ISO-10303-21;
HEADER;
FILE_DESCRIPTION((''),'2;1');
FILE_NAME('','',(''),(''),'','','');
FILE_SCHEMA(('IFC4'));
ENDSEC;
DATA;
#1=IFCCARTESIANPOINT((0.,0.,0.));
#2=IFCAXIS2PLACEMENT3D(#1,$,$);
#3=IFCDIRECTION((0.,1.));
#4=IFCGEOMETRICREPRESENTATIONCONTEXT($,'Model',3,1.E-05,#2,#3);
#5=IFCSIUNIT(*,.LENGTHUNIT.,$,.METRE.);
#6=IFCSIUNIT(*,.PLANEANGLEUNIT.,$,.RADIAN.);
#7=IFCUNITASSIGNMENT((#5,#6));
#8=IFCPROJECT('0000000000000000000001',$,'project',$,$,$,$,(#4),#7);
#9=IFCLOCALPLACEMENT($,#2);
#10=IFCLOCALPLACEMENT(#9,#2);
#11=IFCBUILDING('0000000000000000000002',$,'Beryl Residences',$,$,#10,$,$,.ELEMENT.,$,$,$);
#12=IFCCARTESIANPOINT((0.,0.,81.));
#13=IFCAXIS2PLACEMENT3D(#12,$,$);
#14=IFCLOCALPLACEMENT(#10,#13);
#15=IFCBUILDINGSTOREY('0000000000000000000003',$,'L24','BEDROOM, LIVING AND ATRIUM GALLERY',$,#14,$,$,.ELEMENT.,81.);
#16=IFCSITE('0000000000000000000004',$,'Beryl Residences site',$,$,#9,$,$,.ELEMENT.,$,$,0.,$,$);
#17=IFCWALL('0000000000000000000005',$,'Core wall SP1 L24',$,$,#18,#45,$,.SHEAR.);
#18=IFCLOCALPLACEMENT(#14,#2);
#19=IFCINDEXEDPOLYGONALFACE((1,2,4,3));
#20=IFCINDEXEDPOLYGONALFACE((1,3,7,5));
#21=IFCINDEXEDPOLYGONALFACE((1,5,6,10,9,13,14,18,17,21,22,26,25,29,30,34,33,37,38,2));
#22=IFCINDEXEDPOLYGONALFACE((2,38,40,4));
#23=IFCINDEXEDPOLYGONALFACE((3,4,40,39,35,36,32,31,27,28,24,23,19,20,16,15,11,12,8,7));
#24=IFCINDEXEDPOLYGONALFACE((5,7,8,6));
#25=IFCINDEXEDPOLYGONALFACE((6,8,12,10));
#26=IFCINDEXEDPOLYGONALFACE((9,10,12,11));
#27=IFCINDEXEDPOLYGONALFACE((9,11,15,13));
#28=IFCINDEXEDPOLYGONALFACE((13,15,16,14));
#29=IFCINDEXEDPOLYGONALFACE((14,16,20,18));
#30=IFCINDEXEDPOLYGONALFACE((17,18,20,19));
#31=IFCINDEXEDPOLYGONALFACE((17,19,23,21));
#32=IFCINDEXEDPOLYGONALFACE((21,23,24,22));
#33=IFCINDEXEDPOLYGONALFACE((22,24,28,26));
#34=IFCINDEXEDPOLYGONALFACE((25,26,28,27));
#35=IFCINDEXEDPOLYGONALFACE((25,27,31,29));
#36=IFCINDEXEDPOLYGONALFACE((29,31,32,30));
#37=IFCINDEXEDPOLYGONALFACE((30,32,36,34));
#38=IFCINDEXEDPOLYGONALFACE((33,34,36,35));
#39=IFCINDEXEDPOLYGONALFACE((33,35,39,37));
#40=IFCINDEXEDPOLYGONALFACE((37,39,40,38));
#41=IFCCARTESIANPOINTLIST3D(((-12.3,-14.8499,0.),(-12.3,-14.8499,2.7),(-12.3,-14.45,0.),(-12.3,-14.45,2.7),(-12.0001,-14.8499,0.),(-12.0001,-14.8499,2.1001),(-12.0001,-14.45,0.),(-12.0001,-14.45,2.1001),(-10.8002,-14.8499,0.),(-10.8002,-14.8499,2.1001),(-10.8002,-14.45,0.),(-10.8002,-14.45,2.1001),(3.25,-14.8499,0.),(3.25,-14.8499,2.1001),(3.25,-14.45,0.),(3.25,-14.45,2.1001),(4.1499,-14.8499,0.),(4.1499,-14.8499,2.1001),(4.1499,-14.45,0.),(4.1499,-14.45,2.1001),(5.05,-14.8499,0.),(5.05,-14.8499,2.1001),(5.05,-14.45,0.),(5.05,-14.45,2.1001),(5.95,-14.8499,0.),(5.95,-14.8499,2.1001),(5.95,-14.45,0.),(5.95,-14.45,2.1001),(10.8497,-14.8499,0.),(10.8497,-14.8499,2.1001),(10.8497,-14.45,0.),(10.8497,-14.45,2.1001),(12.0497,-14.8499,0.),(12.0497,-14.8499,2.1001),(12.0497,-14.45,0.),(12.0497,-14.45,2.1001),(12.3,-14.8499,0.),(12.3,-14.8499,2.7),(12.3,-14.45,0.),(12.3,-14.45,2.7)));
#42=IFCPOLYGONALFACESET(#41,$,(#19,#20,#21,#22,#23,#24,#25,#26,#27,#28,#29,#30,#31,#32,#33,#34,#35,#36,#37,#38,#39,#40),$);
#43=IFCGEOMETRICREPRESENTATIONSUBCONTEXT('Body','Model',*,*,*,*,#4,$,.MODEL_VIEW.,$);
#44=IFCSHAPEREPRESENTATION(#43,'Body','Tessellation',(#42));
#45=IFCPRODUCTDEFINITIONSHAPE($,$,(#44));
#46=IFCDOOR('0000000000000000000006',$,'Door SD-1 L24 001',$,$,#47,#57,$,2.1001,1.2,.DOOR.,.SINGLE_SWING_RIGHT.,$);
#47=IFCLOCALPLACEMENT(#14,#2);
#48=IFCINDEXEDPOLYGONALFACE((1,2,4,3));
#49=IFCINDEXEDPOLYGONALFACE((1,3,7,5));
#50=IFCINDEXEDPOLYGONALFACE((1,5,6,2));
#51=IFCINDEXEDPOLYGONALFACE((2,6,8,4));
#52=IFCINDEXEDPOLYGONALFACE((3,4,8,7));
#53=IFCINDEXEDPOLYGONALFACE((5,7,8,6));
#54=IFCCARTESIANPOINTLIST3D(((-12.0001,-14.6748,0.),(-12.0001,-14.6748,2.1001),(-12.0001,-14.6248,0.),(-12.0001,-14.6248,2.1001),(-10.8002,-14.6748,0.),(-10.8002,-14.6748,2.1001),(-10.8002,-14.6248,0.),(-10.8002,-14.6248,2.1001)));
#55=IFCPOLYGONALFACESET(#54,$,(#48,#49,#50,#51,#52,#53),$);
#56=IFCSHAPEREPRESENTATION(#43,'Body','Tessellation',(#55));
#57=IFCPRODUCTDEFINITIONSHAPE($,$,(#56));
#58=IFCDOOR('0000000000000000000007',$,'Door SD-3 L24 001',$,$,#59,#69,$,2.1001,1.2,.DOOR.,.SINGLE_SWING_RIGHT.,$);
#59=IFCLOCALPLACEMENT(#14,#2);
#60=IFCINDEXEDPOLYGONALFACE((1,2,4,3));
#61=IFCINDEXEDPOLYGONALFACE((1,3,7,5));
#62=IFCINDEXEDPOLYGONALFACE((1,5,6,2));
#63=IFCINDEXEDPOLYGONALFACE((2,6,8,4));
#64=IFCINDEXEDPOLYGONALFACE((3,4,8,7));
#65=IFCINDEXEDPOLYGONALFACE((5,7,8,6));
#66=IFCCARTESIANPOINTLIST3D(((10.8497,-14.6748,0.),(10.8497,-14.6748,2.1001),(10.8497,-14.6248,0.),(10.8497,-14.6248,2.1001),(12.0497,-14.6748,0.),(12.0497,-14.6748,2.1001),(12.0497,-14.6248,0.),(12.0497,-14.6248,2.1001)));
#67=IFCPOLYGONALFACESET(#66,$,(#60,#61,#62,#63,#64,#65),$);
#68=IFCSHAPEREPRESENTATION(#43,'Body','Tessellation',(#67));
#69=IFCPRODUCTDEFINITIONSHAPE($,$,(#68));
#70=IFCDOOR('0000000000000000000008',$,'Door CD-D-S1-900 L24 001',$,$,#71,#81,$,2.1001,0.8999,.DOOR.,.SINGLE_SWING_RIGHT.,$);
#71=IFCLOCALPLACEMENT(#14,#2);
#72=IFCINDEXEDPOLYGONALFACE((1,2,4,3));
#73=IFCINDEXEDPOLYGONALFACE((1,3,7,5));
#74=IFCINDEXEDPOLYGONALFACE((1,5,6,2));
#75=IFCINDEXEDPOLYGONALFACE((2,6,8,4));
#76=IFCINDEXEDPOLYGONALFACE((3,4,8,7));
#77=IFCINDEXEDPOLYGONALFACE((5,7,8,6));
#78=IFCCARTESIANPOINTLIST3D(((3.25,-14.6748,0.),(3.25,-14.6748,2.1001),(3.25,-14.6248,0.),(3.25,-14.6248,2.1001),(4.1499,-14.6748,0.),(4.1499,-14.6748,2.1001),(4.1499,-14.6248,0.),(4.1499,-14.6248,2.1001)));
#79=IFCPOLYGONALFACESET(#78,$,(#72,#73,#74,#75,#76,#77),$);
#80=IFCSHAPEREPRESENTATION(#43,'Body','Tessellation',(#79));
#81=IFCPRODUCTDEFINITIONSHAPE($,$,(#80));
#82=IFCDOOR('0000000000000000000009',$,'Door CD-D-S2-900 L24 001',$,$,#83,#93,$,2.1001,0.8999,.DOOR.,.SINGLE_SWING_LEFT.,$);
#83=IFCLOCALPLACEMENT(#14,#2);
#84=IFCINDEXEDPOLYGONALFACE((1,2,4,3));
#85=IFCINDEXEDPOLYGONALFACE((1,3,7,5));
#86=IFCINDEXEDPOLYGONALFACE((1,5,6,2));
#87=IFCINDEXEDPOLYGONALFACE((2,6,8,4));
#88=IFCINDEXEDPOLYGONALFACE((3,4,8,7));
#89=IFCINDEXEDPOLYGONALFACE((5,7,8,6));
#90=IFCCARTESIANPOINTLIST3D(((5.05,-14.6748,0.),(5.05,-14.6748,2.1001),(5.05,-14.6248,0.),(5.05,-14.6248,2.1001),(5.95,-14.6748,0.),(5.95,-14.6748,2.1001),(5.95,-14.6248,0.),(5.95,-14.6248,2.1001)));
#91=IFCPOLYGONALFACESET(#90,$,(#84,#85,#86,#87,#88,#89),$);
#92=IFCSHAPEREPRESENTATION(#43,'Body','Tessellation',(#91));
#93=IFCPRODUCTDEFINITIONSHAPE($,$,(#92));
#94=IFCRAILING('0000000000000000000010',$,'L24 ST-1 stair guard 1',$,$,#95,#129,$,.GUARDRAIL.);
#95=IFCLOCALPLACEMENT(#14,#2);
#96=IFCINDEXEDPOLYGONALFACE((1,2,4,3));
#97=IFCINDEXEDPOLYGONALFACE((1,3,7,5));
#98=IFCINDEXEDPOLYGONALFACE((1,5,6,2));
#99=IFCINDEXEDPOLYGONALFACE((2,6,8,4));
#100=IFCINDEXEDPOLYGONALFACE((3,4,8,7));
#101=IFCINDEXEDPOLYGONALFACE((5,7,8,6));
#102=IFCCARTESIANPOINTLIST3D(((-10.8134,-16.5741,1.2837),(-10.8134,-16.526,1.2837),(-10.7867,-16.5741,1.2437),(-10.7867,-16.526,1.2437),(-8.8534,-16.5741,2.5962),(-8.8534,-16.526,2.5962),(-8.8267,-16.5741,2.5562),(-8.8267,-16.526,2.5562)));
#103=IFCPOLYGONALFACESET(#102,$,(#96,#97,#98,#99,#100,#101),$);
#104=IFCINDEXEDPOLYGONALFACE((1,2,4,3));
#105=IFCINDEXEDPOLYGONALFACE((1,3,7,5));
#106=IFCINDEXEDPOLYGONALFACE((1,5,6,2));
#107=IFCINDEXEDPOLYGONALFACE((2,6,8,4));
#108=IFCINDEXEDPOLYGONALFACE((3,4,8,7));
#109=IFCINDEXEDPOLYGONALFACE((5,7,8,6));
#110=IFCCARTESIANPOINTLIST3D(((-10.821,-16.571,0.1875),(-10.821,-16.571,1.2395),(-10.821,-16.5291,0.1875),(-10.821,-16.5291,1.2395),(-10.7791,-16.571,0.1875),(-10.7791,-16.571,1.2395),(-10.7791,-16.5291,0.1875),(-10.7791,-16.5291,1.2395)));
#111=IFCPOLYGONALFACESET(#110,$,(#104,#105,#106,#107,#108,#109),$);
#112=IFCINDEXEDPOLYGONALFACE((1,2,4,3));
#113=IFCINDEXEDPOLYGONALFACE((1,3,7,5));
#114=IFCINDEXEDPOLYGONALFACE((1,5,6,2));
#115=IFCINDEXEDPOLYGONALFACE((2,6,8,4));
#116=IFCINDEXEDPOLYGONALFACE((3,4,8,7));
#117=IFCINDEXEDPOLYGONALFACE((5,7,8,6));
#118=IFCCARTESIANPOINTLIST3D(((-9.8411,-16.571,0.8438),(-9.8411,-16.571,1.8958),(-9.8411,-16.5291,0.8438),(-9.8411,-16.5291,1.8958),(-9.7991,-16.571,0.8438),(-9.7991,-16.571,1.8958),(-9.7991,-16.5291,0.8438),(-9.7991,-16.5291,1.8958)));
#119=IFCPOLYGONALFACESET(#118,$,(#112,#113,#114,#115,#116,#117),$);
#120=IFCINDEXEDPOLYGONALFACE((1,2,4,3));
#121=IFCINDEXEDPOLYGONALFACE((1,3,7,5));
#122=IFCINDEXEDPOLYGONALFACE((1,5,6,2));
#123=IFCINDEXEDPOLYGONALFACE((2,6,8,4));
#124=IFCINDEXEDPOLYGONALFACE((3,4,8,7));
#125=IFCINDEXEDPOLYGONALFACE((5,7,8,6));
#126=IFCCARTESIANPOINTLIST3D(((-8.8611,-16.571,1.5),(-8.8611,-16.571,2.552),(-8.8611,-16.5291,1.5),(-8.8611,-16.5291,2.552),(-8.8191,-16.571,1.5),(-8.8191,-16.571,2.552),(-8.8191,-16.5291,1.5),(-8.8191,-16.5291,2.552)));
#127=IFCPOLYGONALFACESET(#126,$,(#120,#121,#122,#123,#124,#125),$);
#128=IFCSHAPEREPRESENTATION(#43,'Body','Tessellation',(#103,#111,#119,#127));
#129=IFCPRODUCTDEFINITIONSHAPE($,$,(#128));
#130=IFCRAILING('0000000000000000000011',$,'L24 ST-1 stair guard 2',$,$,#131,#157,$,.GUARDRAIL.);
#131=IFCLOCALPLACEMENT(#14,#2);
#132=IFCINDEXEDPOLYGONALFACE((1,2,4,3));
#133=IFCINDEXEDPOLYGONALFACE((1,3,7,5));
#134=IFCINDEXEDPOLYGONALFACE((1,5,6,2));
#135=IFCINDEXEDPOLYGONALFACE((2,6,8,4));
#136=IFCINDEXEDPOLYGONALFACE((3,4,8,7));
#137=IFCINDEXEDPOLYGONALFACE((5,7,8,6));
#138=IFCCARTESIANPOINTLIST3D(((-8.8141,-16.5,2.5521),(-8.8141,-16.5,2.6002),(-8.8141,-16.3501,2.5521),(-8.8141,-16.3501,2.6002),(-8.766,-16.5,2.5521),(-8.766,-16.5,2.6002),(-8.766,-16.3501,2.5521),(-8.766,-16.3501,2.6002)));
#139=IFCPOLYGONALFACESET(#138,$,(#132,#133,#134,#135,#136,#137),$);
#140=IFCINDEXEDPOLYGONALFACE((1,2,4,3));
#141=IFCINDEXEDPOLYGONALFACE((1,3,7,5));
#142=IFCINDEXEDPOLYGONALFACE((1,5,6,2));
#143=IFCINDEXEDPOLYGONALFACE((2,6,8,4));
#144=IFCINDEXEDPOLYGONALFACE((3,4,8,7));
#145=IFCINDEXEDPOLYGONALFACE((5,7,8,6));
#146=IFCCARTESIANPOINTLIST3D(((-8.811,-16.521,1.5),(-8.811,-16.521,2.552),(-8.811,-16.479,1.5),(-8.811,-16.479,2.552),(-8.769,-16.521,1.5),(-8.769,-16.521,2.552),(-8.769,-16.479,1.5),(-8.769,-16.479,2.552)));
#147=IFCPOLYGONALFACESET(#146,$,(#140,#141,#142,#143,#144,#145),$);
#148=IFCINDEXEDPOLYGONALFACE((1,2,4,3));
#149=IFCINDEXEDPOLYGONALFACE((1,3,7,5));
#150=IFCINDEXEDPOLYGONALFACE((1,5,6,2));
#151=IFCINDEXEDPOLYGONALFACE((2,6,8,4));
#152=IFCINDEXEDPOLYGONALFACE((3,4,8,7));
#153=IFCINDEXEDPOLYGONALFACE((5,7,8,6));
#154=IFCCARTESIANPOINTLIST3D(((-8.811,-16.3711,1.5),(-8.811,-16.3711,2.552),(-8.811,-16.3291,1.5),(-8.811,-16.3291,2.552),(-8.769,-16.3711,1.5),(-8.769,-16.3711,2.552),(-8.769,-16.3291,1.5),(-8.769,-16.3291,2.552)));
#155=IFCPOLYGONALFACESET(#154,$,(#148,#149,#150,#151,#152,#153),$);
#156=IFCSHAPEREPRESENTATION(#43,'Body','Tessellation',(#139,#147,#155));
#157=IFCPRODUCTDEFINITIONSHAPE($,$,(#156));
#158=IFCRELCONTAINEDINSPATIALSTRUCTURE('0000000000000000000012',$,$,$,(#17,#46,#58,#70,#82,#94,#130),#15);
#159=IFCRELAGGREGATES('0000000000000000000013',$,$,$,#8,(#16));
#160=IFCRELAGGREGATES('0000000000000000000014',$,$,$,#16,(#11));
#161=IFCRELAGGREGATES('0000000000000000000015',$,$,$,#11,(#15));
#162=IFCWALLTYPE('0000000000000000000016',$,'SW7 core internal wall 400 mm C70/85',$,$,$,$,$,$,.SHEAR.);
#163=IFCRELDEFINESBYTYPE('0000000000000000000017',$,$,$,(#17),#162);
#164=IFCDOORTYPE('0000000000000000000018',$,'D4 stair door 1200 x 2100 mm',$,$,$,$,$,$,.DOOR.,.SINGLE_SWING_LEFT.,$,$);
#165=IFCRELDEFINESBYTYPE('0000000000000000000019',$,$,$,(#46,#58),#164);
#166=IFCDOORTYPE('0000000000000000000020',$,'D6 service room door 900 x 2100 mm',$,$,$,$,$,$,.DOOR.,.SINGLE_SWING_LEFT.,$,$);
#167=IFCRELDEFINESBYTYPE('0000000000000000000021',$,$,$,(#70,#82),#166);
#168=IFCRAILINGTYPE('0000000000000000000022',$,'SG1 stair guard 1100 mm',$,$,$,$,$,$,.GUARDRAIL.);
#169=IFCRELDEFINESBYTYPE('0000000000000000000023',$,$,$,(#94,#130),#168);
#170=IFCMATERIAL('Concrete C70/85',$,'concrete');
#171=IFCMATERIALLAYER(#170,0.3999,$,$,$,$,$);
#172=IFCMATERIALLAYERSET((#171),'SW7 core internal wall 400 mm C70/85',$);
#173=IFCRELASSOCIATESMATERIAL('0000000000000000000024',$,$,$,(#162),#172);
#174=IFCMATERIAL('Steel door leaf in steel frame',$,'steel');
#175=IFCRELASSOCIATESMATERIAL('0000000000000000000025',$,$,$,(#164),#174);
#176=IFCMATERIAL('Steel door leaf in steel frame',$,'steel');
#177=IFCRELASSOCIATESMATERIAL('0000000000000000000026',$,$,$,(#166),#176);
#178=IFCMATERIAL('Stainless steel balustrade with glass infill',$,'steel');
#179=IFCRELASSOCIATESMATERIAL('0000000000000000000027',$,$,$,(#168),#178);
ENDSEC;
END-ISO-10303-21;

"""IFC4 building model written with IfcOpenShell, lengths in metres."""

from ifc_helpers import new_model, si_unit, direction, frame, frame_2d, origin, origin_2d, place, context, subcontext, project, spatial, rectangle, extrude, material, layer, layer_set, type_object, element, fill, save


model = new_model("IFC4")

# Units and contexts
model_context = context("Model", 3, precision=1e-05, world=origin(), true_north=direction((0.0, 1.0)))
body_context = subcontext(model_context, "Body", "Model", "MODEL_VIEW")
ifc_project = project(units=[si_unit("LENGTHUNIT", "METRE"), si_unit("PLANEANGLEUNIT", "RADIAN")], contexts=[model_context])

# Site, building, storey
site_placement = place(None, origin())
site = spatial("IfcSite", under=ifc_project, at=site_placement, Name="Beryl Residences site", CompositionType="ELEMENT", RefElevation=0.0)
building_placement = place(site_placement, origin())
building = spatial("IfcBuilding", under=site, at=building_placement, Name="Beryl Residences", CompositionType="ELEMENT")
storey_placement = place(building_placement, frame((0.0, 0.0, 81.0)))
storey = spatial("IfcBuildingStorey", under=building, at=storey_placement, Name="L24", Description="BEDROOM, LIVING AND ATRIUM GALLERY", CompositionType="ELEMENT", Elevation=81.0)

# Wall, openings, doors
ifc_material_1 = material(Name="Concrete C70/85", Category="concrete")
ifc_layer_1 = layer(ifc_material_1, 0.3999)
ifc_layer_set_1 = layer_set([ifc_layer_1], Name="SW7 core internal wall 400 mm C70/85")
wall_type_1 = type_object("IfcWallType", Name="SW7 core internal wall 400 mm C70/85", PredefinedType="SHEAR", material=ifc_layer_set_1)
wall_1_placement = place(storey_placement, frame((-12.3, -14.6499, 0.0), z_axis=(0.0, 0.0, 1.0), x_axis=(1.0, 0.0, 0.0)))
wall_1 = element("IfcWall", 1, at=wall_1_placement, inside=storey, type_object=wall_type_1, Name="Core wall SP1 L24", PredefinedType="SHEAR", context=body_context, shape_type="SweptSolid", body=[
    extrude(rectangle(XDim=24.6001, YDim=0.3999, at=frame_2d((12.3, 0.0))), origin(), (0.0, 0.0, 1.0), 2.7),
])
opening_1_placement = place(wall_1_placement, frame((1.5, 0.0, 0.0), z_axis=(0.0, 0.0, 1.0), x_axis=(-1.0, 0.0, 0.0)))
opening_1 = element("IfcOpeningElement", 2, at=opening_1_placement, cuts=wall_1, PredefinedType="OPENING", context=body_context, shape_type="SweptSolid", body=[
    extrude(rectangle(XDim=1.2, YDim=2.1001, at=frame_2d((0.6001, 1.05))), frame((0.0, 0.21, 0.0), z_axis=(0.0, -1.0, 0.0), x_axis=(1.0, 0.0, 0.0)), (0.0, 0.0, 1.0), 0.4199),
])
opening_2_placement = place(wall_1_placement, frame((24.3499, 0.0, 0.0), z_axis=(0.0, 0.0, 1.0), x_axis=(-1.0, 0.0, 0.0)))
opening_2 = element("IfcOpeningElement", 3, at=opening_2_placement, cuts=wall_1, PredefinedType="OPENING", context=body_context, shape_type="SweptSolid", body=[
    extrude(rectangle(XDim=1.2, YDim=2.1001, at=frame_2d((0.6001, 1.05))), frame((0.0, 0.21, 0.0), z_axis=(0.0, -1.0, 0.0), x_axis=(1.0, 0.0, 0.0)), (0.0, 0.0, 1.0), 0.4199),
])
opening_3_placement = place(wall_1_placement, frame((16.45, 0.0, 0.0), z_axis=(0.0, 0.0, 1.0), x_axis=(-1.0, 0.0, 0.0)))
opening_3 = element("IfcOpeningElement", 4, at=opening_3_placement, cuts=wall_1, PredefinedType="OPENING", context=body_context, shape_type="SweptSolid", body=[
    extrude(rectangle(XDim=0.8999, YDim=2.1001, at=frame_2d((0.45, 1.05))), frame((0.0, 0.21, 0.0), z_axis=(0.0, -1.0, 0.0), x_axis=(1.0, 0.0, 0.0)), (0.0, 0.0, 1.0), 0.4199),
])
opening_4_placement = place(wall_1_placement, frame((18.25, 0.0, 0.0), z_axis=(0.0, 0.0, 1.0), x_axis=(-1.0, 0.0, 0.0)))
opening_4 = element("IfcOpeningElement", 5, at=opening_4_placement, cuts=wall_1, PredefinedType="OPENING", context=body_context, shape_type="SweptSolid", body=[
    extrude(rectangle(XDim=0.8999, YDim=2.1001, at=frame_2d((0.45, 1.05))), frame((0.0, 0.21, 0.0), z_axis=(0.0, -1.0, 0.0), x_axis=(1.0, 0.0, 0.0)), (0.0, 0.0, 1.0), 0.4199),
])
ifc_material_2 = material(Name="Steel door leaf in steel frame", Category="steel")
door_type_1 = type_object("IfcDoorType", Name="D4 stair door 1200 x 2100 mm", OperationType="SINGLE_SWING_LEFT", PredefinedType="DOOR", material=ifc_material_2)
door_1_placement = place(opening_1_placement, origin())
door_1 = element("IfcDoor", 6, at=door_1_placement, inside=storey, type_object=door_type_1, Name="Door SD-1 L24 001", OperationType="SINGLE_SWING_RIGHT", OverallHeight=2.1001, OverallWidth=1.2, PredefinedType="DOOR", context=body_context, shape_type="SweptSolid", body=[
    extrude(rectangle(XDim=1.2, YDim=2.1001, at=frame_2d((0.6001, 1.05))), frame((0.0, 0.0249, 0.0), z_axis=(0.0, -1.0, 0.0), x_axis=(1.0, 0.0, 0.0)), (0.0, 0.0, 1.0), 0.05),
])
fill(opening_1, door_1)
door_2_placement = place(opening_2_placement, origin())
door_2 = element("IfcDoor", 7, at=door_2_placement, inside=storey, type_object=door_type_1, Name="Door SD-3 L24 001", OperationType="SINGLE_SWING_RIGHT", OverallHeight=2.1001, OverallWidth=1.2, PredefinedType="DOOR", context=body_context, shape_type="SweptSolid", body=[
    extrude(rectangle(XDim=1.2, YDim=2.1001, at=frame_2d((0.6001, 1.05))), frame((0.0, 0.0249, 0.0), z_axis=(0.0, -1.0, 0.0), x_axis=(1.0, 0.0, 0.0)), (0.0, 0.0, 1.0), 0.05),
])
fill(opening_2, door_2)
ifc_material_3 = material(Name="Steel door leaf in steel frame", Category="steel")
door_type_2 = type_object("IfcDoorType", Name="D6 service room door 900 x 2100 mm", OperationType="SINGLE_SWING_LEFT", PredefinedType="DOOR", material=ifc_material_3)
door_3_placement = place(opening_3_placement, origin())
door_3 = element("IfcDoor", 8, at=door_3_placement, inside=storey, type_object=door_type_2, Name="Door CD-D-S1-900 L24 001", OperationType="SINGLE_SWING_RIGHT", OverallHeight=2.1001, OverallWidth=0.8999, PredefinedType="DOOR", context=body_context, shape_type="SweptSolid", body=[
    extrude(rectangle(XDim=0.8999, YDim=2.1001, at=frame_2d((0.45, 1.05))), frame((0.0, 0.0249, 0.0), z_axis=(0.0, -1.0, 0.0), x_axis=(1.0, 0.0, 0.0)), (0.0, 0.0, 1.0), 0.05),
])
fill(opening_3, door_3)
door_4_placement = place(opening_4_placement, origin())
door_4 = element("IfcDoor", 9, at=door_4_placement, inside=storey, type_object=door_type_2, Name="Door CD-D-S2-900 L24 001", OperationType="SINGLE_SWING_LEFT", OverallHeight=2.1001, OverallWidth=0.8999, PredefinedType="DOOR", context=body_context, shape_type="SweptSolid", body=[
    extrude(rectangle(XDim=0.8999, YDim=2.1001, at=frame_2d((0.45, 1.05))), frame((0.0, 0.0249, 0.0), z_axis=(0.0, -1.0, 0.0), x_axis=(1.0, 0.0, 0.0)), (0.0, 0.0, 1.0), 0.05),
])
fill(opening_4, door_4)

# Railings
ifc_material_4 = material(Name="Stainless steel balustrade with glass infill", Category="steel")
railing_type_1 = type_object("IfcRailingType", Name="SG1 stair guard 1100 mm", PredefinedType="GUARDRAIL", material=ifc_material_4)
railing_1_placement = place(storey_placement, frame((-10.8, -16.55, 0.1875)))
element("IfcRailing", 10, at=railing_1_placement, inside=storey, type_object=railing_type_1, Name="L24 ST-1 stair guard 1", PredefinedType="GUARDRAIL", context=body_context, shape_type="SweptSolid", body=[
    extrude(rectangle(XDim=0.0481, YDim=0.0481, at=origin_2d()), frame((0.0, 0.0, 1.0762), z_axis=(0.830902, 0.0, 0.556419), x_axis=(0.0, 1.0, 0.0)), (0.0, 0.0, 1.0), 2.3589),
    extrude(rectangle(XDim=0.042, YDim=0.042, at=origin_2d()), origin(), (0.0, 0.0, 1.0), 1.052),
    extrude(rectangle(XDim=0.042, YDim=0.042, at=origin_2d()), frame((0.98, 0.0, 0.6562)), (0.0, 0.0, 1.0), 1.052),
    extrude(rectangle(XDim=0.042, YDim=0.042, at=origin_2d()), frame((1.96, 0.0, 1.3125)), (0.0, 0.0, 1.0), 1.052),
])
railing_2_placement = place(storey_placement, frame((-8.79, -16.5, 1.5)))
element("IfcRailing", 11, at=railing_2_placement, inside=storey, type_object=railing_type_1, Name="L24 ST-1 stair guard 2", PredefinedType="GUARDRAIL", context=body_context, shape_type="SweptSolid", body=[
    extrude(rectangle(XDim=0.0481, YDim=0.0481, at=origin_2d()), frame((0.0, 0.0, 1.0762), z_axis=(0.0, 1.0, 0.0), x_axis=(-1.0, 0.0, 0.0)), (0.0, 0.0, 1.0), 0.1499),
    extrude(rectangle(XDim=0.042, YDim=0.042, at=origin_2d()), origin(), (0.0, 0.0, 1.0), 1.052),
    extrude(rectangle(XDim=0.042, YDim=0.042, at=origin_2d()), frame((0.0, 0.1499, 0.0)), (0.0, 0.0, 1.0), 1.052),
])

save(model, "model.ifc")
